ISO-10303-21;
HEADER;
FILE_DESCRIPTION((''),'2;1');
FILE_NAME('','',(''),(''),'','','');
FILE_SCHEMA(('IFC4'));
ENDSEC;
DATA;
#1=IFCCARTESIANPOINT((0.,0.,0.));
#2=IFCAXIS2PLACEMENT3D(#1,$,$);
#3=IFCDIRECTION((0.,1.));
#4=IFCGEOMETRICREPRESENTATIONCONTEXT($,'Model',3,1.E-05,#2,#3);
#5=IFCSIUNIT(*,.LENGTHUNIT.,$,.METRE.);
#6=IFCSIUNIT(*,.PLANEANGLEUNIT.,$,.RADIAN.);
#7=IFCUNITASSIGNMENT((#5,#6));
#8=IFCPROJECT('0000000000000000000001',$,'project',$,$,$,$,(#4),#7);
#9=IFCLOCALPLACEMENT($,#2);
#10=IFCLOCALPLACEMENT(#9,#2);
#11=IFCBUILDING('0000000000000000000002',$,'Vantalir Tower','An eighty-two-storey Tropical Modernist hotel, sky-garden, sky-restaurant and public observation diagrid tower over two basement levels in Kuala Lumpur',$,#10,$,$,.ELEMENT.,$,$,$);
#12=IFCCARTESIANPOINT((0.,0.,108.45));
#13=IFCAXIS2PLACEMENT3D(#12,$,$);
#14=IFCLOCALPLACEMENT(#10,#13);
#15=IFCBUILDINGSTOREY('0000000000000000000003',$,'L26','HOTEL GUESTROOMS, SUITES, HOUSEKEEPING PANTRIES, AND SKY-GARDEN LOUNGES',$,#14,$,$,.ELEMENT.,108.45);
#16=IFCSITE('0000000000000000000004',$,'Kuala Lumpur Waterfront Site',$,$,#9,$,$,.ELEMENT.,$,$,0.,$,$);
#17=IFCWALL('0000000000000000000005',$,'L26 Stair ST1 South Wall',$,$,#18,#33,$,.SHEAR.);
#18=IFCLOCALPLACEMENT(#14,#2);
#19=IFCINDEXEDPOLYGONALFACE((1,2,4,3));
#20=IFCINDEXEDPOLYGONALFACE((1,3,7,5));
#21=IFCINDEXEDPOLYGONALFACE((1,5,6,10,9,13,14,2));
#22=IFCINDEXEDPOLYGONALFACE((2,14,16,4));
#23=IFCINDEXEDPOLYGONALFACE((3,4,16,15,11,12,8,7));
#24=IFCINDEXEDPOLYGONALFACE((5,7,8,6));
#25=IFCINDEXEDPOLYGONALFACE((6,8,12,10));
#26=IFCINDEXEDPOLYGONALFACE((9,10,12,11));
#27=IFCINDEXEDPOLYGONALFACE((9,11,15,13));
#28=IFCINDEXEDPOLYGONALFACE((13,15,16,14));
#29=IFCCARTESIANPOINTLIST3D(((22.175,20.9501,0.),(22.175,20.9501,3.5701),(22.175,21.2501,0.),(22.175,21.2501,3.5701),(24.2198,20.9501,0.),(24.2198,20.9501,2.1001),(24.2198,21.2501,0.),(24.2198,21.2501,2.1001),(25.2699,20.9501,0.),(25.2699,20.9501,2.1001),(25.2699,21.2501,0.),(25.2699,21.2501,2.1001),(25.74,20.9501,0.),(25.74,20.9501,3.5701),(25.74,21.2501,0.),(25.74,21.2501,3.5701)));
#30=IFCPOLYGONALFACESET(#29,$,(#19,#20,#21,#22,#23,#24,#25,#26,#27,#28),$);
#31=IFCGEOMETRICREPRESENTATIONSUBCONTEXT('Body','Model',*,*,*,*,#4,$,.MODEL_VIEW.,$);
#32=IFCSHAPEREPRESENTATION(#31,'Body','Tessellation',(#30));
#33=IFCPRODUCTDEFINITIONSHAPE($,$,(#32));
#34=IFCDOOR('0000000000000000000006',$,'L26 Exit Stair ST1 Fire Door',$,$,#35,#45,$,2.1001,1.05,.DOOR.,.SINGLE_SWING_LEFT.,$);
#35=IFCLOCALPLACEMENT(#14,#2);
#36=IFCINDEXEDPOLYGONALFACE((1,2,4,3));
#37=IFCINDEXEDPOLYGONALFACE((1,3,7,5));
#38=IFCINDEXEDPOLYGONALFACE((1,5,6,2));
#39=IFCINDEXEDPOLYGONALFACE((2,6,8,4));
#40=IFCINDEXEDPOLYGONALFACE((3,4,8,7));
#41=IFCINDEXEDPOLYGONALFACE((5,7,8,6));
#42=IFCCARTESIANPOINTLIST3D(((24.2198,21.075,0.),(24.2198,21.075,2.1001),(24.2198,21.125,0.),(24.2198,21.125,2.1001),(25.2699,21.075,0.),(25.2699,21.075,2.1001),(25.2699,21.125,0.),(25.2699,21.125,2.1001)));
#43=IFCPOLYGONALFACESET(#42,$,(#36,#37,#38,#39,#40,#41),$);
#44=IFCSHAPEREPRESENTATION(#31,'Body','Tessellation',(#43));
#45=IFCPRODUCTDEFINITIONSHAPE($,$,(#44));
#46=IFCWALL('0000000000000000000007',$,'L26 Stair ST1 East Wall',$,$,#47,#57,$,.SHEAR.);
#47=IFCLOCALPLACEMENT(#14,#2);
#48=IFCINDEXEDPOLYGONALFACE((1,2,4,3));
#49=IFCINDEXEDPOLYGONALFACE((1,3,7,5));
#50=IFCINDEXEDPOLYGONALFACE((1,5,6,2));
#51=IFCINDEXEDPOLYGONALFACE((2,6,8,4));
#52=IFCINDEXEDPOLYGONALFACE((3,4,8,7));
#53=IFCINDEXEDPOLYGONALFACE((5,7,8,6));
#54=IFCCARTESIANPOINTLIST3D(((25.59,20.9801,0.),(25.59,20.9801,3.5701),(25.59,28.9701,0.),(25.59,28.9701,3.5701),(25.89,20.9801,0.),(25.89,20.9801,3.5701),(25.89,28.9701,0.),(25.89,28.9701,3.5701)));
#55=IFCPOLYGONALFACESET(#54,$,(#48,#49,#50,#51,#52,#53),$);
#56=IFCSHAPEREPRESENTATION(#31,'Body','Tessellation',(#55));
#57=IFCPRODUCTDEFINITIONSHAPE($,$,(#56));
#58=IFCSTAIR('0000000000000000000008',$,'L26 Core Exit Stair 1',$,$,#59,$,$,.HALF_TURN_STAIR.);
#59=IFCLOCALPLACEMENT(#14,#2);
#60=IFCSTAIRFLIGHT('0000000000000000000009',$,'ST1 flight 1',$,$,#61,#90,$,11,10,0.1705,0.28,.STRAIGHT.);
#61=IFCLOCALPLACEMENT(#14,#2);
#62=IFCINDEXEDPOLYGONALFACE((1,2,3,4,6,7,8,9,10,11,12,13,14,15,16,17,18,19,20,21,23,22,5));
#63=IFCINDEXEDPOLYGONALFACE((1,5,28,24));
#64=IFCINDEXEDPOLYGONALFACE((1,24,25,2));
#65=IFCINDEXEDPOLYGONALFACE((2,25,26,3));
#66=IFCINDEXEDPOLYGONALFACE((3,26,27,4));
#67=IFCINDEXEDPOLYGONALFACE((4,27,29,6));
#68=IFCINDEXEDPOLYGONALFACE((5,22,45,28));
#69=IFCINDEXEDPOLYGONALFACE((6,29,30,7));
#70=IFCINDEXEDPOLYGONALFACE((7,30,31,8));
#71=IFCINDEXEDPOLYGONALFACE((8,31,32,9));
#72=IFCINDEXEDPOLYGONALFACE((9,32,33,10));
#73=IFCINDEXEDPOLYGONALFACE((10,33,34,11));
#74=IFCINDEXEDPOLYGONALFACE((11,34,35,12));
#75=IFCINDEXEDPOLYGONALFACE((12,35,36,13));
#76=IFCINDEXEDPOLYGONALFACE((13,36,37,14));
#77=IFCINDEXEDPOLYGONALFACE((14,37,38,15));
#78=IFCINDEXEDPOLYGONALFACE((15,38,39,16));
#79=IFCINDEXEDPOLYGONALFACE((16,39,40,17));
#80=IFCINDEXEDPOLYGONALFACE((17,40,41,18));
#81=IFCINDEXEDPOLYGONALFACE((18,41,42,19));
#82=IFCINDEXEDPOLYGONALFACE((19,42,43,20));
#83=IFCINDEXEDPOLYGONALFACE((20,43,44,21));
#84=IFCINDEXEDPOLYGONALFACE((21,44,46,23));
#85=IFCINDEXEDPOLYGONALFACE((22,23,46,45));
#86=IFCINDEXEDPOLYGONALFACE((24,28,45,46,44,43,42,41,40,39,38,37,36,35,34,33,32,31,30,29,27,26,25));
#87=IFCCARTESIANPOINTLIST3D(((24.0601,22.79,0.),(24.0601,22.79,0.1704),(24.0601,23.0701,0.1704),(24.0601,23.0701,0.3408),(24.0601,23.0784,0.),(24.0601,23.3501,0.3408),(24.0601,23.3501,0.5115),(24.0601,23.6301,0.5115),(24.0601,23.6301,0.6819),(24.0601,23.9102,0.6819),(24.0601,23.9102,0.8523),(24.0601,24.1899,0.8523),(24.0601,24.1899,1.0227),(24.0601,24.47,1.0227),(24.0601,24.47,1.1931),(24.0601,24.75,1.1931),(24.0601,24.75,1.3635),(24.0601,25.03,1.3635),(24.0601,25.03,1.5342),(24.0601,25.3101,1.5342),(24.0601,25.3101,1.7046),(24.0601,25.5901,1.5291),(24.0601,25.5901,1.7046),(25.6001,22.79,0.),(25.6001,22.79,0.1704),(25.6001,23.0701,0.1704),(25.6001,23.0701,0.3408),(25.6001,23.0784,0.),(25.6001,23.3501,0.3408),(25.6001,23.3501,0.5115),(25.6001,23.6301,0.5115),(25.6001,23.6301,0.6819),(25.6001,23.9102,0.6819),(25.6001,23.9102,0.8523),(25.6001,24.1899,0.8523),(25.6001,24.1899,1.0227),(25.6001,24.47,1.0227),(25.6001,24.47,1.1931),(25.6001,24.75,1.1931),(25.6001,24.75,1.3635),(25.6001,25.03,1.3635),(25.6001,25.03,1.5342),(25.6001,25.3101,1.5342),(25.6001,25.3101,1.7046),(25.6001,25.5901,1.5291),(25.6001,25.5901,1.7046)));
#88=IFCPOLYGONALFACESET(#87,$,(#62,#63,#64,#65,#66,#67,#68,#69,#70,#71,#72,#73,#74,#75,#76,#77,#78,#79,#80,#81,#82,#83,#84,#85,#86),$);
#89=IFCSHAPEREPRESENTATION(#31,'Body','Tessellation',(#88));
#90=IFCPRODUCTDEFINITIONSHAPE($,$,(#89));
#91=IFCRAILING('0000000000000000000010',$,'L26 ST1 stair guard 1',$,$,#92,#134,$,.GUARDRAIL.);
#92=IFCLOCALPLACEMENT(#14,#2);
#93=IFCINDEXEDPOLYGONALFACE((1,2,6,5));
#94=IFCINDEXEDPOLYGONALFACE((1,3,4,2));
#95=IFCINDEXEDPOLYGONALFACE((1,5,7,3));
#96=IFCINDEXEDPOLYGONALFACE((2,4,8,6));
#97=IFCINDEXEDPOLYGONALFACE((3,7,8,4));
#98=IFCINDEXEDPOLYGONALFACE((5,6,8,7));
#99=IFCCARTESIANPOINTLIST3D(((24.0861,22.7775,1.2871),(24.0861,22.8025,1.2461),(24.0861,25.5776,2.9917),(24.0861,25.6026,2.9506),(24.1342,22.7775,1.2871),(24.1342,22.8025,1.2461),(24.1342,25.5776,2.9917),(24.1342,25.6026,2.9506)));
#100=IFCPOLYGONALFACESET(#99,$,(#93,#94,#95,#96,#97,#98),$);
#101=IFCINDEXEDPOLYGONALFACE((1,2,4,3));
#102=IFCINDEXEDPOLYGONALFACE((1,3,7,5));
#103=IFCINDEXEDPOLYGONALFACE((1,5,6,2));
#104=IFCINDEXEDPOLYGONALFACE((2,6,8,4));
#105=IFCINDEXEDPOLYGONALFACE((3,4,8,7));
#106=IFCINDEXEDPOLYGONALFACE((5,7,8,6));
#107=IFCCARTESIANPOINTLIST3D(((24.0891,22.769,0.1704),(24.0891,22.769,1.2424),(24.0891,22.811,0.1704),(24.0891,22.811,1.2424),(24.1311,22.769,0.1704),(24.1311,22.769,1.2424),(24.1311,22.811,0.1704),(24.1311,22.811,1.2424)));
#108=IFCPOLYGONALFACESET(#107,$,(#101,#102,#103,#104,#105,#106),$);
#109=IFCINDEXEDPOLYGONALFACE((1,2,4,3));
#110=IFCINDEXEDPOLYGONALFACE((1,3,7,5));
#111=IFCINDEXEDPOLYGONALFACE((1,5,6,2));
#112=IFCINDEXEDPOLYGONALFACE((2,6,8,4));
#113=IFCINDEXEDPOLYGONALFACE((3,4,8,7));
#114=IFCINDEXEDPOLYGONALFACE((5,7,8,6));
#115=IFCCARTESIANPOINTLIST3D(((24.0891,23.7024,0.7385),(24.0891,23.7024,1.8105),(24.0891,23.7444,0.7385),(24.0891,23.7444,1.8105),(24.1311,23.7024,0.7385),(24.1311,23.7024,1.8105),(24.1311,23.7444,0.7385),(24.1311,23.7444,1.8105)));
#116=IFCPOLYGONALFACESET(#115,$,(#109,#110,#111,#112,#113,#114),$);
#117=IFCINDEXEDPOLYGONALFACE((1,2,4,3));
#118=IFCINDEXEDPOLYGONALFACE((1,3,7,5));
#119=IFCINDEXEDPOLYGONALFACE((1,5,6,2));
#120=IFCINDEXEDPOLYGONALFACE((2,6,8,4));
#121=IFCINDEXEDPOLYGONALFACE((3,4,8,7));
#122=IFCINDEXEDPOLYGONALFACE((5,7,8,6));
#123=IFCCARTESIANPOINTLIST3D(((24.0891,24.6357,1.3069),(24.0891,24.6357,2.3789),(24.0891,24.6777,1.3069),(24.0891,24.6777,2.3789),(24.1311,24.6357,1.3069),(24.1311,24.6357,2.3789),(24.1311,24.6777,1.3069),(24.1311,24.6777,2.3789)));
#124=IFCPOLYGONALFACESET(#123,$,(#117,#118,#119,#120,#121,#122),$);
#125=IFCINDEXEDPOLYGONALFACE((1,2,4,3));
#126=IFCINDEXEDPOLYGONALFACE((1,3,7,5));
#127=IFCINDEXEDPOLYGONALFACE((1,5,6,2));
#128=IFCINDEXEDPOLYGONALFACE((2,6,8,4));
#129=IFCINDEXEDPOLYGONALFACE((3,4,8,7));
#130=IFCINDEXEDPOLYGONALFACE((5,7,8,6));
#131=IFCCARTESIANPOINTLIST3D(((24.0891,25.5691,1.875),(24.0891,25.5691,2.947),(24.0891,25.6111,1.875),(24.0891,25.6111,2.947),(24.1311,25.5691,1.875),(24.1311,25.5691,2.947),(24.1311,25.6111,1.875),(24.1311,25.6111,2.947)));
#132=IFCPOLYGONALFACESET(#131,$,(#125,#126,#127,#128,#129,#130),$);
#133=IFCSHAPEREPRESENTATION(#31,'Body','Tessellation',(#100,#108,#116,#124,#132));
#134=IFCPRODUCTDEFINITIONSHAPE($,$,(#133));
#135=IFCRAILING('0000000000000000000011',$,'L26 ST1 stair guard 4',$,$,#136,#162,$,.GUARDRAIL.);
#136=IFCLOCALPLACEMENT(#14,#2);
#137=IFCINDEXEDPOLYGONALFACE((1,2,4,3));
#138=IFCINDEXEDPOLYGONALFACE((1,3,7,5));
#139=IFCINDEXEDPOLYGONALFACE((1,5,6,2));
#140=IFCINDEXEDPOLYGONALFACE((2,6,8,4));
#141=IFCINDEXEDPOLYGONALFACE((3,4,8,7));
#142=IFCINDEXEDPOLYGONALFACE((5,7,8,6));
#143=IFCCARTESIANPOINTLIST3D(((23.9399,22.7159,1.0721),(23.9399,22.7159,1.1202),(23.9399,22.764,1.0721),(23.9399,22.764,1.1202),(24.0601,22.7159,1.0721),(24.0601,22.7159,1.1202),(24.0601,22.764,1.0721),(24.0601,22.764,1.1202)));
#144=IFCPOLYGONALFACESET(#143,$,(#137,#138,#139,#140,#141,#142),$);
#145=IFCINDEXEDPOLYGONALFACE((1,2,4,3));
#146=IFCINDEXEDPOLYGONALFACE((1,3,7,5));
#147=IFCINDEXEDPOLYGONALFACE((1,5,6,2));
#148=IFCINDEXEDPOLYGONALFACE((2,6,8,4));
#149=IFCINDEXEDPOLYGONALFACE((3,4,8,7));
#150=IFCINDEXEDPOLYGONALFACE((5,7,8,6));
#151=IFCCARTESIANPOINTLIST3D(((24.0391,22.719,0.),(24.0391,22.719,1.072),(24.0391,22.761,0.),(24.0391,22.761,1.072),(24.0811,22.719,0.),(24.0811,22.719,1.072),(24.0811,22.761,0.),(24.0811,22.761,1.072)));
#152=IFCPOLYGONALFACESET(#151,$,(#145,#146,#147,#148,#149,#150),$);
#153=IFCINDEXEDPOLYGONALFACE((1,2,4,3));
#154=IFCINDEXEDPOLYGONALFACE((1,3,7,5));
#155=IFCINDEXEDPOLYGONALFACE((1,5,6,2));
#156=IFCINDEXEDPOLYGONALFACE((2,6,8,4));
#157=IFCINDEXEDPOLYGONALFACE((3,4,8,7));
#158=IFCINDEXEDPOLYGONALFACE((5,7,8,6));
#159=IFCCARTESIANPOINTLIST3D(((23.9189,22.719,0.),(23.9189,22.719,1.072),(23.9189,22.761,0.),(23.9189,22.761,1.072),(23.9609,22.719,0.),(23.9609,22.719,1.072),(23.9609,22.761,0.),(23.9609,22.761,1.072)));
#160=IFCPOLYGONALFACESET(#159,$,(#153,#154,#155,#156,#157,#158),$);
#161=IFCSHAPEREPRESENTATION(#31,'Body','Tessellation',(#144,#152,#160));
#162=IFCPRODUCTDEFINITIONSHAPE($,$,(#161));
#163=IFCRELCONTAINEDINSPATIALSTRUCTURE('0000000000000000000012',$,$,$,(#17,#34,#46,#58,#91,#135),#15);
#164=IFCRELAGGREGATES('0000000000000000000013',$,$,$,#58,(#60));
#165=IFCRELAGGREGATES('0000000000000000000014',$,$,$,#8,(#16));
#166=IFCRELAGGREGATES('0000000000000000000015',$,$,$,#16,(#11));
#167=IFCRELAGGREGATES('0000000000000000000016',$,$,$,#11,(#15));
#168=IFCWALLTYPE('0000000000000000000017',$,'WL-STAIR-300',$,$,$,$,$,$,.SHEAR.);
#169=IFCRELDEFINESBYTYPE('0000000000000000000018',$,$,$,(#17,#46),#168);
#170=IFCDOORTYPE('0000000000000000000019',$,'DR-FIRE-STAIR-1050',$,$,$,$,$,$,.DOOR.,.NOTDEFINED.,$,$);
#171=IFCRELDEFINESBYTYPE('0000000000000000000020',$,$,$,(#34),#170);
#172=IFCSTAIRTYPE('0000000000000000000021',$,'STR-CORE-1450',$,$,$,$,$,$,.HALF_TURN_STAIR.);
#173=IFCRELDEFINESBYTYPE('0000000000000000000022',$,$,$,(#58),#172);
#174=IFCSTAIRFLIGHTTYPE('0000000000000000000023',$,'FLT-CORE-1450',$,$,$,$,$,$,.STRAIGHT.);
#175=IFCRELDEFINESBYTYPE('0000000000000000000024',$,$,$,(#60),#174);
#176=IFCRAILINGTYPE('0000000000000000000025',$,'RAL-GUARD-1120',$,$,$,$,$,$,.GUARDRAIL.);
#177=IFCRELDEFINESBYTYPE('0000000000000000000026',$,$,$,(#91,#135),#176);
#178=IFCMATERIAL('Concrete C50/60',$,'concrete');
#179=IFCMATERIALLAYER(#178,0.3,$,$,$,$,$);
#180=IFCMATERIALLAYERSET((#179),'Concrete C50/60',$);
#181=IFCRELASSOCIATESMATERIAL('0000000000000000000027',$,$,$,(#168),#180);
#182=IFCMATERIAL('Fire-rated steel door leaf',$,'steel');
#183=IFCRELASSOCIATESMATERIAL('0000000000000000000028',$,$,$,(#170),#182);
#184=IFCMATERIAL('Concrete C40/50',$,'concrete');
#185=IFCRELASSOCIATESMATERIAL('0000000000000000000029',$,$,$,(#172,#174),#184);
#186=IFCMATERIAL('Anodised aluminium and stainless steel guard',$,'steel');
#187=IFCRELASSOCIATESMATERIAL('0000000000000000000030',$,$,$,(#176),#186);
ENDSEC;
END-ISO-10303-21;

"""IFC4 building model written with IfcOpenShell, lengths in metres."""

from ifc_helpers import new_model, si_unit, direction, frame, frame_2d, origin, origin_2d, place, context, subcontext, project, spatial, polyline, rectangle, outline, extrude, material, layer, layer_set, type_object, element, fill, aggregate, save


model = new_model("IFC4")

# Units and contexts
model_context = context("Model", 3, precision=1e-05, world=origin(), true_north=direction((0.0, 1.0)))
body_context = subcontext(model_context, "Body", "Model", "MODEL_VIEW")
ifc_project = project(units=[si_unit("LENGTHUNIT", "METRE"), si_unit("PLANEANGLEUNIT", "RADIAN")], contexts=[model_context])

# Site, building, storey
site_placement = place(None, origin())
site = spatial("IfcSite", under=ifc_project, at=site_placement, Name="Kuala Lumpur Waterfront Site", CompositionType="ELEMENT", RefElevation=0.0)
building_placement = place(site_placement, origin())
building = spatial("IfcBuilding", under=site, at=building_placement, Name="Vantalir Tower", Description="An eighty-two-storey Tropical Modernist hotel, sky-garden, sky-restaurant and public observation diagrid tower over two basement levels in Kuala Lumpur", CompositionType="ELEMENT")
storey_placement = place(building_placement, frame((0.0, 0.0, 108.45)))
storey = spatial("IfcBuildingStorey", under=building, at=storey_placement, Name="L26", Description="HOTEL GUESTROOMS, SUITES, HOUSEKEEPING PANTRIES, AND SKY-GARDEN LOUNGES", CompositionType="ELEMENT", Elevation=108.45)

# Wall, opening, door
ifc_material_1 = material(Name="Concrete C50/60", Category="concrete")
ifc_layer_1 = layer(ifc_material_1, 0.3)
ifc_layer_set_1 = layer_set([ifc_layer_1], Name="Concrete C50/60")
wall_type_1 = type_object("IfcWallType", Name="WL-STAIR-300", PredefinedType="SHEAR", material=ifc_layer_set_1)
wall_1_placement = place(storey_placement, frame((22.175, 21.1001, 0.0), z_axis=(0.0, 0.0, 1.0), x_axis=(1.0, 0.0, 0.0)))
wall_1 = element("IfcWall", 1, at=wall_1_placement, inside=storey, type_object=wall_type_1, Name="L26 Stair ST1 South Wall", PredefinedType="SHEAR", context=body_context, shape_type="SweptSolid", body=[
    extrude(rectangle(XDim=3.5649, YDim=0.3, at=frame_2d((1.7825, 0.0))), origin(), (0.0, 0.0, 1.0), 3.5701),
])
opening_1_placement = place(wall_1_placement, frame((2.0449, 0.0, 0.0)))
opening_1 = element("IfcOpeningElement", 2, at=opening_1_placement, cuts=wall_1, PredefinedType="OPENING", context=body_context, shape_type="SweptSolid", body=[
    extrude(rectangle(XDim=1.05, YDim=2.1001, at=frame_2d((0.5249, 1.05))), frame((0.0, 0.1599, 0.0), z_axis=(0.0, -1.0, 0.0), x_axis=(1.0, 0.0, 0.0)), (0.0, 0.0, 1.0), 0.3201),
])
ifc_material_2 = material(Name="Fire-rated steel door leaf", Category="steel")
door_type_1 = type_object("IfcDoorType", Name="DR-FIRE-STAIR-1050", OperationType="NOTDEFINED", PredefinedType="DOOR", material=ifc_material_2)
door_1_placement = place(opening_1_placement, origin())
door_1 = element("IfcDoor", 3, at=door_1_placement, inside=storey, type_object=door_type_1, Name="L26 Exit Stair ST1 Fire Door", OperationType="SINGLE_SWING_LEFT", OverallHeight=2.1001, OverallWidth=1.05, PredefinedType="DOOR", context=body_context, shape_type="SweptSolid", body=[
    extrude(rectangle(XDim=1.05, YDim=2.1001, at=frame_2d((0.5249, 1.05))), frame((0.0, 0.0249, 0.0), z_axis=(0.0, -1.0, 0.0), x_axis=(1.0, 0.0, 0.0)), (0.0, 0.0, 1.0), 0.05),
])
fill(opening_1, door_1)

# Wall
wall_2_placement = place(storey_placement, frame((25.74, 20.98, 0.0), z_axis=(0.0, 0.0, 1.0), x_axis=(0.0, 1.0, 0.0)))
element("IfcWall", 4, at=wall_2_placement, inside=storey, type_object=wall_type_1, Name="L26 Stair ST1 East Wall", PredefinedType="SHEAR", context=body_context, shape_type="SweptSolid", body=[
    extrude(rectangle(XDim=7.99, YDim=0.3, at=frame_2d((3.9951, 0.0))), origin(), (0.0, 0.0, 1.0), 3.5701),
])

# Stair, stair flight
ifc_material_3 = material(Name="Concrete C40/50", Category="concrete")
stair_type = type_object("IfcStairType", Name="STR-CORE-1450", PredefinedType="HALF_TURN_STAIR", material=ifc_material_3)
stair_placement = place(storey_placement, origin())
stair = element("IfcStair", 5, at=stair_placement, inside=storey, type_object=stair_type, Name="L26 Core Exit Stair 1", PredefinedType="HALF_TURN_STAIR")
stair_flight_type = type_object("IfcStairFlightType", Name="FLT-CORE-1450", PredefinedType="STRAIGHT", material=ifc_material_3)
stair_flight_placement = place(storey_placement, frame((24.8301, 22.79, 0.0), z_axis=(0.0, 0.0, 1.0), x_axis=(0.0, 1.0, 0.0)))
stair_flight = element("IfcStairFlight", 6, at=stair_flight_placement, type_object=stair_flight_type, Name="ST1 flight 1", NumberOfRisers=11, NumberOfTreads=10, PredefinedType="STRAIGHT", RiserHeight=0.1705, TreadLength=0.28, context=body_context, shape_type="SweptSolid", body=[
    extrude(outline(polyline([(0.0, 0.0), (0.0, 0.1704), (0.28, 0.1704), (0.28, 0.3408), (0.5601, 0.3408), (0.5601, 0.5115), (0.8401, 0.5115), (0.8401, 0.6819), (1.1201, 0.6819), (1.1201, 0.8523), (1.3999, 0.8523), (1.3999, 1.0227), (1.6799, 1.0227), (1.6799, 1.1931), (1.96, 1.1931), (1.96, 1.3635), (2.24, 1.3635), (2.24, 1.5342), (2.52, 1.5342), (2.52, 1.7046), (2.8, 1.7046), (2.8, 1.875), (2.8, 1.5291), (0.2883, 0.0), (0.0, 0.0)])), frame((0.0, 0.77, 0.0), z_axis=(0.0, -1.0, 0.0), x_axis=(1.0, 0.0, 0.0)), (0.0, 0.0, 1.0), 1.54),
])
aggregate(stair, [stair_flight])

# Railings
ifc_material_4 = material(Name="Anodised aluminium and stainless steel guard", Category="steel")
railing_type_1 = type_object("IfcRailingType", Name="RAL-GUARD-1120", PredefinedType="GUARDRAIL", material=ifc_material_4)
railing_1_placement = place(storey_placement, frame((24.1101, 22.79, 0.1704)))
element("IfcRailing", 7, at=railing_1_placement, inside=storey, type_object=railing_type_1, Name="L26 ST1 stair guard 1", PredefinedType="GUARDRAIL", context=body_context, shape_type="SweptSolid", body=[
    extrude(rectangle(XDim=0.0481, YDim=0.0481, at=origin_2d()), frame((0.0, 0.0, 1.0962), z_axis=(0.0, 0.85417, 0.519994), x_axis=(-1.0, 0.0, 0.0)), (0.0, 0.0, 1.0), 3.2781),
    extrude(rectangle(XDim=0.042, YDim=0.042, at=origin_2d()), origin(), (0.0, 0.0, 1.0), 1.072),
    extrude(rectangle(XDim=0.042, YDim=0.042, at=origin_2d()), frame((0.0, 0.9333, 0.5681)), (0.0, 0.0, 1.0), 1.072),
    extrude(rectangle(XDim=0.042, YDim=0.042, at=origin_2d()), frame((0.0, 1.8667, 1.1365)), (0.0, 0.0, 1.0), 1.072),
    extrude(rectangle(XDim=0.042, YDim=0.042, at=origin_2d()), frame((0.0, 2.8, 1.7046)), (0.0, 0.0, 1.0), 1.072),
])
railing_2_placement = place(storey_placement, frame((24.0601, 22.74, 0.0)))
element("IfcRailing", 8, at=railing_2_placement, inside=storey, type_object=railing_type_1, Name="L26 ST1 stair guard 4", PredefinedType="GUARDRAIL", context=body_context, shape_type="SweptSolid", body=[
    extrude(rectangle(XDim=0.0481, YDim=0.0481, at=origin_2d()), frame((0.0, 0.0, 1.0962), z_axis=(-1.0, 0.0, 0.0), x_axis=(0.0, -1.0, 0.0)), (0.0, 0.0, 1.0), 0.1201),
    extrude(rectangle(XDim=0.042, YDim=0.042, at=origin_2d()), origin(), (0.0, 0.0, 1.0), 1.072),
    extrude(rectangle(XDim=0.042, YDim=0.042, at=origin_2d()), frame((-0.1201, 0.0, 0.0)), (0.0, 0.0, 1.0), 1.072),
])

save(model, "model.ifc")
